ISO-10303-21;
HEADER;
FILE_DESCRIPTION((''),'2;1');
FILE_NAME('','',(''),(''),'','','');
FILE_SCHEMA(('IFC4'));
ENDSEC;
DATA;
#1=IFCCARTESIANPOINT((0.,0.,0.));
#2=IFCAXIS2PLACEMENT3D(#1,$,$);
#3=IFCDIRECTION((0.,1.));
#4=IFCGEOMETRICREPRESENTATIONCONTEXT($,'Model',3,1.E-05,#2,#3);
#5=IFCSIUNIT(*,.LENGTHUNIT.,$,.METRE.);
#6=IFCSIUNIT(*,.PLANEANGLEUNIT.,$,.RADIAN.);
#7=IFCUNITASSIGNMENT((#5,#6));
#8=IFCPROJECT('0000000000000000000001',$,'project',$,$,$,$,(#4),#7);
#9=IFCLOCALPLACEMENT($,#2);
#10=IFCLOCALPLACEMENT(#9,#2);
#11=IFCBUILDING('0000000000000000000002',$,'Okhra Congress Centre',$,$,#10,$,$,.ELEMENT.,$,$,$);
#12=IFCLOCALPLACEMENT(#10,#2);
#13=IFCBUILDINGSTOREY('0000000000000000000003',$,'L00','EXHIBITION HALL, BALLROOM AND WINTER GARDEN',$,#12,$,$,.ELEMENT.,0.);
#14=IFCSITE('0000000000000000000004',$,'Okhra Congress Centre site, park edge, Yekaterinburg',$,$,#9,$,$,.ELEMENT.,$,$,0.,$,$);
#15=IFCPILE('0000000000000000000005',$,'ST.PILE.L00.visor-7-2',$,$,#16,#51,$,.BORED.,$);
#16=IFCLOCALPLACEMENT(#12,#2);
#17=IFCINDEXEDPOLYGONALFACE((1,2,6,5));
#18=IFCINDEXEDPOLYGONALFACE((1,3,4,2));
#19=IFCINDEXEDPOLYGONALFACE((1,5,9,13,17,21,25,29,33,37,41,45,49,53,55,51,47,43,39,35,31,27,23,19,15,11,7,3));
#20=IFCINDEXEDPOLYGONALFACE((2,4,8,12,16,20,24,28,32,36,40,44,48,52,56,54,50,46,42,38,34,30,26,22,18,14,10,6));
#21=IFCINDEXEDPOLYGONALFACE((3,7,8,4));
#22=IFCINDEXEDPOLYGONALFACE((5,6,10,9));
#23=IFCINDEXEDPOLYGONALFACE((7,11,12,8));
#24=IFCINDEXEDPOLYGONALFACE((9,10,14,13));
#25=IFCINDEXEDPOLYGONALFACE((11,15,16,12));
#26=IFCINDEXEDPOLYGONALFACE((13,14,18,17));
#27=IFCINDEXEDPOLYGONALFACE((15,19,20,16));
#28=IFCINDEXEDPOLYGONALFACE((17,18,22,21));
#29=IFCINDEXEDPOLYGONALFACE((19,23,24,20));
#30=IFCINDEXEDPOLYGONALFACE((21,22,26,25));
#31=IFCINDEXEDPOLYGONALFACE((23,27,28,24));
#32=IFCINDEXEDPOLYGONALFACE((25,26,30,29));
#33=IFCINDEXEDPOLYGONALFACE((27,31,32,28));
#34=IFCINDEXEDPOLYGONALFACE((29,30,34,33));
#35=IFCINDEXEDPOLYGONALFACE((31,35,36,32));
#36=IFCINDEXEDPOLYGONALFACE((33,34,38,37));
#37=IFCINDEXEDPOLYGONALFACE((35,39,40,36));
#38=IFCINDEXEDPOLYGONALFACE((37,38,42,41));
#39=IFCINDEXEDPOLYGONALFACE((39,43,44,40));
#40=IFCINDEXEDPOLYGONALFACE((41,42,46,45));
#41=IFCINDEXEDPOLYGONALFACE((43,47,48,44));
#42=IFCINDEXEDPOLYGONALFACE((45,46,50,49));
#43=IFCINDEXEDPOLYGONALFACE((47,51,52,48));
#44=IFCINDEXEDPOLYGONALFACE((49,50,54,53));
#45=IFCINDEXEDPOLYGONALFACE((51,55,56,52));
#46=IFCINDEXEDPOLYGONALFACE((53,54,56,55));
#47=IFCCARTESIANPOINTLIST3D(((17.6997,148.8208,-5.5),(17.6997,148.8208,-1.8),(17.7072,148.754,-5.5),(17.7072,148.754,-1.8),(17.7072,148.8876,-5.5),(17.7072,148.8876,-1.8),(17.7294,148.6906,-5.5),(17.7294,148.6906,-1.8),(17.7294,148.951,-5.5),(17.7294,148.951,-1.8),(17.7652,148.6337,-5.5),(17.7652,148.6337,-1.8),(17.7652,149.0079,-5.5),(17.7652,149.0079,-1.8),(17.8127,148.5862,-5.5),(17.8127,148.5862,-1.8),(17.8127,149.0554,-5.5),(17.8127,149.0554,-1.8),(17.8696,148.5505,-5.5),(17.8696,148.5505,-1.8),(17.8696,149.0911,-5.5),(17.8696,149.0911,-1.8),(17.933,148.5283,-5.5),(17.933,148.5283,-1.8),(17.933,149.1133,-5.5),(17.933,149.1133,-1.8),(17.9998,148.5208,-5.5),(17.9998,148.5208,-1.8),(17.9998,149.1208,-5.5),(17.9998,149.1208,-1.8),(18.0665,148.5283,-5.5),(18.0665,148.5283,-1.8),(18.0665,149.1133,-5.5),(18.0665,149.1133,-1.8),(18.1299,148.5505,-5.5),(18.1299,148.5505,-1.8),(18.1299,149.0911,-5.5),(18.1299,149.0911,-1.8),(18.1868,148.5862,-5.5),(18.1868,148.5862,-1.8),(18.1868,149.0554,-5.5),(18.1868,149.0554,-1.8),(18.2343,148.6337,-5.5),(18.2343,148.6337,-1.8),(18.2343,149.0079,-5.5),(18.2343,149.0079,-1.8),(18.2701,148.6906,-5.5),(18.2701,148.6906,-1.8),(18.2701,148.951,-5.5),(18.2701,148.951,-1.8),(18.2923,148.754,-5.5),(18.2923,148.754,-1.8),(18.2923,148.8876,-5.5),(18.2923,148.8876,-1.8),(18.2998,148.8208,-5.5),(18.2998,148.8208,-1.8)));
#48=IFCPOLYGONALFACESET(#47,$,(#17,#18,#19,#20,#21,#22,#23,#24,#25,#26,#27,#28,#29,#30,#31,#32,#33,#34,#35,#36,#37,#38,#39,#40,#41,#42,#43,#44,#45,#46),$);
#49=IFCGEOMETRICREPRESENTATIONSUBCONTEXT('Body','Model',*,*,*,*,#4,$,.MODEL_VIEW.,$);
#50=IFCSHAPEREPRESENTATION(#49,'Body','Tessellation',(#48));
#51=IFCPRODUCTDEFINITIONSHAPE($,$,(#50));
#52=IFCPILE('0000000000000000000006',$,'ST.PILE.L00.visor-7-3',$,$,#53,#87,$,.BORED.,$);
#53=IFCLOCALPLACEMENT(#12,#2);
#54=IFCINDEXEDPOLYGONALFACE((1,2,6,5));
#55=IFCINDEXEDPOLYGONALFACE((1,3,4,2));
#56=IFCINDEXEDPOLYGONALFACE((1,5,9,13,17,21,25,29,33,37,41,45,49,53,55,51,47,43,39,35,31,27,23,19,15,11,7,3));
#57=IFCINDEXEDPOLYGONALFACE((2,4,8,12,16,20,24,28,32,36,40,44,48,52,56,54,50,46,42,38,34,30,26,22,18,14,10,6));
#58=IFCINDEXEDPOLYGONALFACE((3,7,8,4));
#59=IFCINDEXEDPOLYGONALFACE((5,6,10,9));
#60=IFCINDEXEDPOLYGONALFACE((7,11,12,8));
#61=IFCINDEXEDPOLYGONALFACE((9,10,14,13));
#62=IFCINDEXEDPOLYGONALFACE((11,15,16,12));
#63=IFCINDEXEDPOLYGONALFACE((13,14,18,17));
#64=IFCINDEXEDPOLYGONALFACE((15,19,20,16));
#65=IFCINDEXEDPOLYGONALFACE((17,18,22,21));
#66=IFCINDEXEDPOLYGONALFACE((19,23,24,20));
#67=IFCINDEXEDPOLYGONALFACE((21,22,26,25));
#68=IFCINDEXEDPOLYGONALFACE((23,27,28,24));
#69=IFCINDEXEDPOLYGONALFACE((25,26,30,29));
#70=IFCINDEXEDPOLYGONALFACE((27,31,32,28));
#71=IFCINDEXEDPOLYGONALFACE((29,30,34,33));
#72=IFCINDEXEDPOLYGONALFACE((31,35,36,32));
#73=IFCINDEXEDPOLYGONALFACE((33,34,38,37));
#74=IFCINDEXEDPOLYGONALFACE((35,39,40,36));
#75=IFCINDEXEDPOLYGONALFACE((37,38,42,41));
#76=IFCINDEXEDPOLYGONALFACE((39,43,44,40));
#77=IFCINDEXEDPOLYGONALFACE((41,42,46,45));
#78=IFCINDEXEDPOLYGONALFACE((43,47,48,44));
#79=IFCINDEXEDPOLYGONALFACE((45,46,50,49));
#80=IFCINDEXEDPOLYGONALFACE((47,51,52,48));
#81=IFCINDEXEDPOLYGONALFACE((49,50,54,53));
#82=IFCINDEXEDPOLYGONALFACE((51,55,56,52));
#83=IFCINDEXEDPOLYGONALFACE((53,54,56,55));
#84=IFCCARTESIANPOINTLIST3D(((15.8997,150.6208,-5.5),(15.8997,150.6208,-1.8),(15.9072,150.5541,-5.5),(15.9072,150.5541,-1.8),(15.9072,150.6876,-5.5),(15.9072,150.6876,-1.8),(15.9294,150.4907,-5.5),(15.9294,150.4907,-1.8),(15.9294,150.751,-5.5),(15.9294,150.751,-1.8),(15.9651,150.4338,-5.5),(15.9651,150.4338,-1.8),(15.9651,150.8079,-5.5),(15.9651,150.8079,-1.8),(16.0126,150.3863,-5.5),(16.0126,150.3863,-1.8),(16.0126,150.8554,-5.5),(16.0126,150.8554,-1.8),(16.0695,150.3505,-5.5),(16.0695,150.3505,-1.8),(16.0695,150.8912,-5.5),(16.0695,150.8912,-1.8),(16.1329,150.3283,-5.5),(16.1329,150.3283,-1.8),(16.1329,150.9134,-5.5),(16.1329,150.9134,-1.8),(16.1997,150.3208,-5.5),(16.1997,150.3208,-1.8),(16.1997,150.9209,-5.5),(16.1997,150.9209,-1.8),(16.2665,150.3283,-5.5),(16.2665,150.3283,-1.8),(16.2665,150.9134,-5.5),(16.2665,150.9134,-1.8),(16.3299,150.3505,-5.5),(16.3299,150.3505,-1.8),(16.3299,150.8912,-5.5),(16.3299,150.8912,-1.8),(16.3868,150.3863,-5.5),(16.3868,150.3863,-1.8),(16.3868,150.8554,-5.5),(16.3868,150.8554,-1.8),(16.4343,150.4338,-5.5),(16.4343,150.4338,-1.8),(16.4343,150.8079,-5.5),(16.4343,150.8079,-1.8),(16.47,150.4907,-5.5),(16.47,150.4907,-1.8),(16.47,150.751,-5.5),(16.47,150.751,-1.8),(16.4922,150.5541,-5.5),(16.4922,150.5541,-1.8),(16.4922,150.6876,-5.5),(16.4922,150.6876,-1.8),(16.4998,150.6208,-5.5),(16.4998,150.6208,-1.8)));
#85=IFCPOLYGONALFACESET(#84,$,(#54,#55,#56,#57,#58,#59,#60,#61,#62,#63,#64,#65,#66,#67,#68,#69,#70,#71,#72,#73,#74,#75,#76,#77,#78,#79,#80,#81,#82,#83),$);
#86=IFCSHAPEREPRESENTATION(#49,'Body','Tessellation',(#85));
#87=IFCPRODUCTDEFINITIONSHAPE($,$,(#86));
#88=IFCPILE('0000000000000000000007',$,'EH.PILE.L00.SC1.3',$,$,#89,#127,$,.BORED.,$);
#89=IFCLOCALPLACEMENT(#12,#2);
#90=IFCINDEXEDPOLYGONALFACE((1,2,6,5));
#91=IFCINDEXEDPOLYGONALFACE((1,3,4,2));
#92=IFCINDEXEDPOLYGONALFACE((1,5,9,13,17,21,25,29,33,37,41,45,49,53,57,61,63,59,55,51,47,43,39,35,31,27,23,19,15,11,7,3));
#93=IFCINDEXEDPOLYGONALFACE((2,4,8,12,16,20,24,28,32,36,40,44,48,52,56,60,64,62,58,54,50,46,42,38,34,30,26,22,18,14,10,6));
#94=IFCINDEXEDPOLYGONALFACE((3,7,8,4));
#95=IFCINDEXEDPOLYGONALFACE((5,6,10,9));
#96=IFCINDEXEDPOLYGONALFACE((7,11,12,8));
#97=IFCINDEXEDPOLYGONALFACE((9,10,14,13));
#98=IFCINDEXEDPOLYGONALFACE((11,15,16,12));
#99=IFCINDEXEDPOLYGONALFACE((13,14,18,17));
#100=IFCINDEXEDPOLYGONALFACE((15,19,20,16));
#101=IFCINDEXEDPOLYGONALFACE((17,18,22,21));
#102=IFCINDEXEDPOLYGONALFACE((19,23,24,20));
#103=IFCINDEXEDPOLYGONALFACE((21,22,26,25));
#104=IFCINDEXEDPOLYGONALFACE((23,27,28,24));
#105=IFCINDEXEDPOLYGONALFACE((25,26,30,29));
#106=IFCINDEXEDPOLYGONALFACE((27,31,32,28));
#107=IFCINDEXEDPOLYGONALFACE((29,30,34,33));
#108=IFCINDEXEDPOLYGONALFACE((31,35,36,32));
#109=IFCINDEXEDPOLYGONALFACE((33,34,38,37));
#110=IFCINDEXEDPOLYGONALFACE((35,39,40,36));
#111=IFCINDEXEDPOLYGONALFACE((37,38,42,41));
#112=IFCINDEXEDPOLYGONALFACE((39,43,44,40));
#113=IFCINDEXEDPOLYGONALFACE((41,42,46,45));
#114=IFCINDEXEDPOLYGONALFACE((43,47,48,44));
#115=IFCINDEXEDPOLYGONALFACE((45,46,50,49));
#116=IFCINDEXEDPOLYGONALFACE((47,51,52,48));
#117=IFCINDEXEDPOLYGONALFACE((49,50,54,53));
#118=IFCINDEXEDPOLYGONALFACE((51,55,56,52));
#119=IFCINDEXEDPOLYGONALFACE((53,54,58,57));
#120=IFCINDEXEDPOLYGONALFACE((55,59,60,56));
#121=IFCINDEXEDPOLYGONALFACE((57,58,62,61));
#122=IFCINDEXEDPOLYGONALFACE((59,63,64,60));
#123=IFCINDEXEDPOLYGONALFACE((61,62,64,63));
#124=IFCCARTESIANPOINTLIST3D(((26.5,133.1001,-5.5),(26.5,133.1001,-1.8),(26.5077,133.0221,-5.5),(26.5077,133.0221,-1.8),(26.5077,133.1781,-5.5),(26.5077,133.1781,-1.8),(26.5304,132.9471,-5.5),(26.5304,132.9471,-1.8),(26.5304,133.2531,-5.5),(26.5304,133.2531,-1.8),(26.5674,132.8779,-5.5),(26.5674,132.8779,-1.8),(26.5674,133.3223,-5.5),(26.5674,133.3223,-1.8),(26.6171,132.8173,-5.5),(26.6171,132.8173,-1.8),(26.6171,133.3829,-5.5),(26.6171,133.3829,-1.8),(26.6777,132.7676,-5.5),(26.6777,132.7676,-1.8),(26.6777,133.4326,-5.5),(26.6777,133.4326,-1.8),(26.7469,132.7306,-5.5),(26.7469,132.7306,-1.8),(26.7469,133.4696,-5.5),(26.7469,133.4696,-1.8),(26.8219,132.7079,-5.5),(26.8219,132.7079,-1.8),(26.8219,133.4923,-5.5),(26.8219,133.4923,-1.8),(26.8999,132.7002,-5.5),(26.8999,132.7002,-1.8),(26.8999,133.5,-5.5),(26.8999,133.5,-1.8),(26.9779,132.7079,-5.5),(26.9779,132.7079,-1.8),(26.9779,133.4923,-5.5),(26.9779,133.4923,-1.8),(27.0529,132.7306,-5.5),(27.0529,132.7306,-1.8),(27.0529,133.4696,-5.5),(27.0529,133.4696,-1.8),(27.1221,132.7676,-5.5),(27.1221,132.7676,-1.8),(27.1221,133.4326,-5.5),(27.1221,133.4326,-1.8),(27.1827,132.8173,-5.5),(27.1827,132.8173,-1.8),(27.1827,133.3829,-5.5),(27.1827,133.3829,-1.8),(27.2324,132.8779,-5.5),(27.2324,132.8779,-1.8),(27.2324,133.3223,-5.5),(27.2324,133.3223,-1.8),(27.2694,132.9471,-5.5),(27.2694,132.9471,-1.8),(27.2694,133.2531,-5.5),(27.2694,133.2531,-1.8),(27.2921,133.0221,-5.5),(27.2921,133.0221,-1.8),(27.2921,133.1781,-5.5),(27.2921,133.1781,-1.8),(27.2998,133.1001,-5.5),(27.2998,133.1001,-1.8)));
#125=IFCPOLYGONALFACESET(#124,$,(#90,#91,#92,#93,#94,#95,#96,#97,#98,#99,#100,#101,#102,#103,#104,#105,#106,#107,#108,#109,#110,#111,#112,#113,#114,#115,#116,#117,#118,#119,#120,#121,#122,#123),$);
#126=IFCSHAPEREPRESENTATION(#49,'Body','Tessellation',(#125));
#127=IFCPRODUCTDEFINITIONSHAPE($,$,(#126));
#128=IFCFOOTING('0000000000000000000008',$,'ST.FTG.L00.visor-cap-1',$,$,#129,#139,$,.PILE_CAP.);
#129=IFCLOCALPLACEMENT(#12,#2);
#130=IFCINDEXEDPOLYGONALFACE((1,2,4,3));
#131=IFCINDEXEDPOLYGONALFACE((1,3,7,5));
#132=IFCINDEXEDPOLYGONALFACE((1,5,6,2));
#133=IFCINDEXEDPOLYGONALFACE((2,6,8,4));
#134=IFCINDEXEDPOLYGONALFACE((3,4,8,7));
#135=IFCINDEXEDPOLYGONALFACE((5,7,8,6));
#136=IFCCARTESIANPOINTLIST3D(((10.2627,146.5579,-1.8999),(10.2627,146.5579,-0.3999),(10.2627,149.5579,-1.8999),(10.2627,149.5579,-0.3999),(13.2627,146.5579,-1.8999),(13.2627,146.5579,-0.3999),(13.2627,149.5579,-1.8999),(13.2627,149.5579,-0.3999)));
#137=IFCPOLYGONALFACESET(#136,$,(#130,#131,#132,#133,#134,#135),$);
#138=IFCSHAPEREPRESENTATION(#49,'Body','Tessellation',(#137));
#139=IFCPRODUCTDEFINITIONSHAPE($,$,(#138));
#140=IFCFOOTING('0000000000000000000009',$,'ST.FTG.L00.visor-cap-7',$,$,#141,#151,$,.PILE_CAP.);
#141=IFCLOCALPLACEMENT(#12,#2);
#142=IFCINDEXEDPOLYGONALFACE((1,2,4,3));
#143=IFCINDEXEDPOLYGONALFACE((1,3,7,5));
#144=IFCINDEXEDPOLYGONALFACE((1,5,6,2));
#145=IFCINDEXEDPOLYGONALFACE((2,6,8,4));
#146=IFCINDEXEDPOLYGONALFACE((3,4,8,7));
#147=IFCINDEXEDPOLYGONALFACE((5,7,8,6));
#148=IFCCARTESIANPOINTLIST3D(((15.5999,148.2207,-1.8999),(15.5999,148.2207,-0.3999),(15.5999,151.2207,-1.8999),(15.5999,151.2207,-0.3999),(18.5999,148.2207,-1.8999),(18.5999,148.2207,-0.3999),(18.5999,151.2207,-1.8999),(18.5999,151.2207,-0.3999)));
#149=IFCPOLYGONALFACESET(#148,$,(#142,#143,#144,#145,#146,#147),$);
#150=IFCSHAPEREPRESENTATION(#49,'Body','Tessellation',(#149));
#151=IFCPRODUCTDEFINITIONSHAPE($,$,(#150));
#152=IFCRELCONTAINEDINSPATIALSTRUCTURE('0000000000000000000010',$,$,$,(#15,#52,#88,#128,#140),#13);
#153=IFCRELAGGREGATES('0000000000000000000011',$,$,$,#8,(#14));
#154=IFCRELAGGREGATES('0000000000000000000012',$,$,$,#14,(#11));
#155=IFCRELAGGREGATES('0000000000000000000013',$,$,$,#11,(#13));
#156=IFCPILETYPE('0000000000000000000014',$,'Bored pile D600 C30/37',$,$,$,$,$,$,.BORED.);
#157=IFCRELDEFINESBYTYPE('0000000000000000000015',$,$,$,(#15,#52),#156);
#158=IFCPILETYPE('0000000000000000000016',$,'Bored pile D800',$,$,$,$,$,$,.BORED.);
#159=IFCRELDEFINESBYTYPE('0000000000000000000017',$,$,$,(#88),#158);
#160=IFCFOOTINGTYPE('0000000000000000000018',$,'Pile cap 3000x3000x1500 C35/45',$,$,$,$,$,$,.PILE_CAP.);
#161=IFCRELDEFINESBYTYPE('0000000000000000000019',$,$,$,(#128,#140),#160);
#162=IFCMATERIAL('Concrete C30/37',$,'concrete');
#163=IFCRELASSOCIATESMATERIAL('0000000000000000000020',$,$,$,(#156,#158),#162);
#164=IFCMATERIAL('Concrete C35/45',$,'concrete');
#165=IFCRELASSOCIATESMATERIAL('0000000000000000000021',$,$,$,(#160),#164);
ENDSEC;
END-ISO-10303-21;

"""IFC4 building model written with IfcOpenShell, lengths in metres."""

from ifc_helpers import new_model, si_unit, direction, frame, origin, origin_2d, place, context, subcontext, project, spatial, rectangle, circle, extrude, material, material_profile, profile_set, type_object, element, save


model = new_model("IFC4")

# Units and contexts
model_context = context("Model", 3, precision=1e-05, world=origin(), true_north=direction((0.0, 1.0)))
body_context = subcontext(model_context, "Body", "Model", "MODEL_VIEW")
ifc_project = project(units=[si_unit("LENGTHUNIT", "METRE"), si_unit("PLANEANGLEUNIT", "RADIAN")], contexts=[model_context])

# Site, building, storey
site_placement = place(None, origin())
site = spatial("IfcSite", under=ifc_project, at=site_placement, Name="Okhra Congress Centre site, park edge, Yekaterinburg", CompositionType="ELEMENT", RefElevation=0.0)
building_placement = place(site_placement, origin())
building = spatial("IfcBuilding", under=site, at=building_placement, Name="Okhra Congress Centre", CompositionType="ELEMENT")
storey_placement = place(building_placement, origin())
storey = spatial("IfcBuildingStorey", under=building, at=storey_placement, Name="L00", Description="EXHIBITION HALL, BALLROOM AND WINTER GARDEN", CompositionType="ELEMENT", Elevation=0.0)

# Piles
ifc_material_1 = material(Name="Concrete C30/37", Category="concrete")
ifc_material_profile_1 = material_profile(ifc_material_1, circle(Radius=0.3, at=origin_2d()), Name="D600")
ifc_profile_set_1 = profile_set([ifc_material_profile_1], Name="Concrete C30/37")
pile_type_1 = type_object("IfcPileType", Name="Bored pile D600 C30/37", PredefinedType="BORED", material=ifc_profile_set_1)
for number, where, z_axis, x_axis, name in (
    (1, (17.9998, 148.8208, -1.8), (0.0, 0.0, -1.0), (1.0, 0.0, 0.0), "ST.PILE.L00.visor-7-2"),
    (2, (16.1997, 150.6208, -1.8), (0.0, 0.0, -1.0), (1.0, 0.0, 0.0), "ST.PILE.L00.visor-7-3"),
):
    element("IfcPile", number, at=place(storey_placement, frame(where, z_axis=z_axis, x_axis=x_axis)), inside=storey, type_object=pile_type_1, Name=name, PredefinedType="BORED", context=body_context, shape_type="SweptSolid", body=[
        extrude(circle(Radius=0.3, at=origin_2d()), origin(), (0.0, 0.0, 1.0), 3.7),
    ])
ifc_material_profile_2 = material_profile(ifc_material_1, circle(Radius=0.3999, at=origin_2d()), Name="D800")
ifc_profile_set_2 = profile_set([ifc_material_profile_2], Name="Concrete C30/37")
pile_type_2 = type_object("IfcPileType", Name="Bored pile D800", PredefinedType="BORED", material=ifc_profile_set_2)
pile_placement = place(storey_placement, frame((26.8999, 133.1001, -1.8), z_axis=(0.0, 0.0, -1.0), x_axis=(1.0, 0.0, 0.0)))
element("IfcPile", 3, at=pile_placement, inside=storey, type_object=pile_type_2, Name="EH.PILE.L00.SC1.3", PredefinedType="BORED", context=body_context, shape_type="SweptSolid", body=[
    extrude(circle(Radius=0.3999, at=origin_2d()), origin(), (0.0, 0.0, 1.0), 3.7),
])

# Footings
ifc_material_2 = material(Name="Concrete C35/45", Category="concrete")
footing_type = type_object("IfcFootingType", Name="Pile cap 3000x3000x1500 C35/45", PredefinedType="PILE_CAP", material=ifc_material_2)
for number, where, z_axis, x_axis, name in (
    (4, (11.7627, 148.0579, -1.8999), (0.0, 0.0, 1.0), (1.0, 0.0, 0.0), "ST.FTG.L00.visor-cap-1"),
    (5, (17.0999, 149.7207, -1.8999), (0.0, 0.0, 1.0), (1.0, 0.0, 0.0), "ST.FTG.L00.visor-cap-7"),
):
    element("IfcFooting", number, at=place(storey_placement, frame(where, z_axis=z_axis, x_axis=x_axis)), inside=storey, type_object=footing_type, Name=name, PredefinedType="PILE_CAP", context=body_context, shape_type="SweptSolid", body=[
        extrude(rectangle(XDim=3.0, YDim=3.0, at=origin_2d()), origin(), (0.0, 0.0, 1.0), 1.5),
    ])

save(model, "model.ifc")
